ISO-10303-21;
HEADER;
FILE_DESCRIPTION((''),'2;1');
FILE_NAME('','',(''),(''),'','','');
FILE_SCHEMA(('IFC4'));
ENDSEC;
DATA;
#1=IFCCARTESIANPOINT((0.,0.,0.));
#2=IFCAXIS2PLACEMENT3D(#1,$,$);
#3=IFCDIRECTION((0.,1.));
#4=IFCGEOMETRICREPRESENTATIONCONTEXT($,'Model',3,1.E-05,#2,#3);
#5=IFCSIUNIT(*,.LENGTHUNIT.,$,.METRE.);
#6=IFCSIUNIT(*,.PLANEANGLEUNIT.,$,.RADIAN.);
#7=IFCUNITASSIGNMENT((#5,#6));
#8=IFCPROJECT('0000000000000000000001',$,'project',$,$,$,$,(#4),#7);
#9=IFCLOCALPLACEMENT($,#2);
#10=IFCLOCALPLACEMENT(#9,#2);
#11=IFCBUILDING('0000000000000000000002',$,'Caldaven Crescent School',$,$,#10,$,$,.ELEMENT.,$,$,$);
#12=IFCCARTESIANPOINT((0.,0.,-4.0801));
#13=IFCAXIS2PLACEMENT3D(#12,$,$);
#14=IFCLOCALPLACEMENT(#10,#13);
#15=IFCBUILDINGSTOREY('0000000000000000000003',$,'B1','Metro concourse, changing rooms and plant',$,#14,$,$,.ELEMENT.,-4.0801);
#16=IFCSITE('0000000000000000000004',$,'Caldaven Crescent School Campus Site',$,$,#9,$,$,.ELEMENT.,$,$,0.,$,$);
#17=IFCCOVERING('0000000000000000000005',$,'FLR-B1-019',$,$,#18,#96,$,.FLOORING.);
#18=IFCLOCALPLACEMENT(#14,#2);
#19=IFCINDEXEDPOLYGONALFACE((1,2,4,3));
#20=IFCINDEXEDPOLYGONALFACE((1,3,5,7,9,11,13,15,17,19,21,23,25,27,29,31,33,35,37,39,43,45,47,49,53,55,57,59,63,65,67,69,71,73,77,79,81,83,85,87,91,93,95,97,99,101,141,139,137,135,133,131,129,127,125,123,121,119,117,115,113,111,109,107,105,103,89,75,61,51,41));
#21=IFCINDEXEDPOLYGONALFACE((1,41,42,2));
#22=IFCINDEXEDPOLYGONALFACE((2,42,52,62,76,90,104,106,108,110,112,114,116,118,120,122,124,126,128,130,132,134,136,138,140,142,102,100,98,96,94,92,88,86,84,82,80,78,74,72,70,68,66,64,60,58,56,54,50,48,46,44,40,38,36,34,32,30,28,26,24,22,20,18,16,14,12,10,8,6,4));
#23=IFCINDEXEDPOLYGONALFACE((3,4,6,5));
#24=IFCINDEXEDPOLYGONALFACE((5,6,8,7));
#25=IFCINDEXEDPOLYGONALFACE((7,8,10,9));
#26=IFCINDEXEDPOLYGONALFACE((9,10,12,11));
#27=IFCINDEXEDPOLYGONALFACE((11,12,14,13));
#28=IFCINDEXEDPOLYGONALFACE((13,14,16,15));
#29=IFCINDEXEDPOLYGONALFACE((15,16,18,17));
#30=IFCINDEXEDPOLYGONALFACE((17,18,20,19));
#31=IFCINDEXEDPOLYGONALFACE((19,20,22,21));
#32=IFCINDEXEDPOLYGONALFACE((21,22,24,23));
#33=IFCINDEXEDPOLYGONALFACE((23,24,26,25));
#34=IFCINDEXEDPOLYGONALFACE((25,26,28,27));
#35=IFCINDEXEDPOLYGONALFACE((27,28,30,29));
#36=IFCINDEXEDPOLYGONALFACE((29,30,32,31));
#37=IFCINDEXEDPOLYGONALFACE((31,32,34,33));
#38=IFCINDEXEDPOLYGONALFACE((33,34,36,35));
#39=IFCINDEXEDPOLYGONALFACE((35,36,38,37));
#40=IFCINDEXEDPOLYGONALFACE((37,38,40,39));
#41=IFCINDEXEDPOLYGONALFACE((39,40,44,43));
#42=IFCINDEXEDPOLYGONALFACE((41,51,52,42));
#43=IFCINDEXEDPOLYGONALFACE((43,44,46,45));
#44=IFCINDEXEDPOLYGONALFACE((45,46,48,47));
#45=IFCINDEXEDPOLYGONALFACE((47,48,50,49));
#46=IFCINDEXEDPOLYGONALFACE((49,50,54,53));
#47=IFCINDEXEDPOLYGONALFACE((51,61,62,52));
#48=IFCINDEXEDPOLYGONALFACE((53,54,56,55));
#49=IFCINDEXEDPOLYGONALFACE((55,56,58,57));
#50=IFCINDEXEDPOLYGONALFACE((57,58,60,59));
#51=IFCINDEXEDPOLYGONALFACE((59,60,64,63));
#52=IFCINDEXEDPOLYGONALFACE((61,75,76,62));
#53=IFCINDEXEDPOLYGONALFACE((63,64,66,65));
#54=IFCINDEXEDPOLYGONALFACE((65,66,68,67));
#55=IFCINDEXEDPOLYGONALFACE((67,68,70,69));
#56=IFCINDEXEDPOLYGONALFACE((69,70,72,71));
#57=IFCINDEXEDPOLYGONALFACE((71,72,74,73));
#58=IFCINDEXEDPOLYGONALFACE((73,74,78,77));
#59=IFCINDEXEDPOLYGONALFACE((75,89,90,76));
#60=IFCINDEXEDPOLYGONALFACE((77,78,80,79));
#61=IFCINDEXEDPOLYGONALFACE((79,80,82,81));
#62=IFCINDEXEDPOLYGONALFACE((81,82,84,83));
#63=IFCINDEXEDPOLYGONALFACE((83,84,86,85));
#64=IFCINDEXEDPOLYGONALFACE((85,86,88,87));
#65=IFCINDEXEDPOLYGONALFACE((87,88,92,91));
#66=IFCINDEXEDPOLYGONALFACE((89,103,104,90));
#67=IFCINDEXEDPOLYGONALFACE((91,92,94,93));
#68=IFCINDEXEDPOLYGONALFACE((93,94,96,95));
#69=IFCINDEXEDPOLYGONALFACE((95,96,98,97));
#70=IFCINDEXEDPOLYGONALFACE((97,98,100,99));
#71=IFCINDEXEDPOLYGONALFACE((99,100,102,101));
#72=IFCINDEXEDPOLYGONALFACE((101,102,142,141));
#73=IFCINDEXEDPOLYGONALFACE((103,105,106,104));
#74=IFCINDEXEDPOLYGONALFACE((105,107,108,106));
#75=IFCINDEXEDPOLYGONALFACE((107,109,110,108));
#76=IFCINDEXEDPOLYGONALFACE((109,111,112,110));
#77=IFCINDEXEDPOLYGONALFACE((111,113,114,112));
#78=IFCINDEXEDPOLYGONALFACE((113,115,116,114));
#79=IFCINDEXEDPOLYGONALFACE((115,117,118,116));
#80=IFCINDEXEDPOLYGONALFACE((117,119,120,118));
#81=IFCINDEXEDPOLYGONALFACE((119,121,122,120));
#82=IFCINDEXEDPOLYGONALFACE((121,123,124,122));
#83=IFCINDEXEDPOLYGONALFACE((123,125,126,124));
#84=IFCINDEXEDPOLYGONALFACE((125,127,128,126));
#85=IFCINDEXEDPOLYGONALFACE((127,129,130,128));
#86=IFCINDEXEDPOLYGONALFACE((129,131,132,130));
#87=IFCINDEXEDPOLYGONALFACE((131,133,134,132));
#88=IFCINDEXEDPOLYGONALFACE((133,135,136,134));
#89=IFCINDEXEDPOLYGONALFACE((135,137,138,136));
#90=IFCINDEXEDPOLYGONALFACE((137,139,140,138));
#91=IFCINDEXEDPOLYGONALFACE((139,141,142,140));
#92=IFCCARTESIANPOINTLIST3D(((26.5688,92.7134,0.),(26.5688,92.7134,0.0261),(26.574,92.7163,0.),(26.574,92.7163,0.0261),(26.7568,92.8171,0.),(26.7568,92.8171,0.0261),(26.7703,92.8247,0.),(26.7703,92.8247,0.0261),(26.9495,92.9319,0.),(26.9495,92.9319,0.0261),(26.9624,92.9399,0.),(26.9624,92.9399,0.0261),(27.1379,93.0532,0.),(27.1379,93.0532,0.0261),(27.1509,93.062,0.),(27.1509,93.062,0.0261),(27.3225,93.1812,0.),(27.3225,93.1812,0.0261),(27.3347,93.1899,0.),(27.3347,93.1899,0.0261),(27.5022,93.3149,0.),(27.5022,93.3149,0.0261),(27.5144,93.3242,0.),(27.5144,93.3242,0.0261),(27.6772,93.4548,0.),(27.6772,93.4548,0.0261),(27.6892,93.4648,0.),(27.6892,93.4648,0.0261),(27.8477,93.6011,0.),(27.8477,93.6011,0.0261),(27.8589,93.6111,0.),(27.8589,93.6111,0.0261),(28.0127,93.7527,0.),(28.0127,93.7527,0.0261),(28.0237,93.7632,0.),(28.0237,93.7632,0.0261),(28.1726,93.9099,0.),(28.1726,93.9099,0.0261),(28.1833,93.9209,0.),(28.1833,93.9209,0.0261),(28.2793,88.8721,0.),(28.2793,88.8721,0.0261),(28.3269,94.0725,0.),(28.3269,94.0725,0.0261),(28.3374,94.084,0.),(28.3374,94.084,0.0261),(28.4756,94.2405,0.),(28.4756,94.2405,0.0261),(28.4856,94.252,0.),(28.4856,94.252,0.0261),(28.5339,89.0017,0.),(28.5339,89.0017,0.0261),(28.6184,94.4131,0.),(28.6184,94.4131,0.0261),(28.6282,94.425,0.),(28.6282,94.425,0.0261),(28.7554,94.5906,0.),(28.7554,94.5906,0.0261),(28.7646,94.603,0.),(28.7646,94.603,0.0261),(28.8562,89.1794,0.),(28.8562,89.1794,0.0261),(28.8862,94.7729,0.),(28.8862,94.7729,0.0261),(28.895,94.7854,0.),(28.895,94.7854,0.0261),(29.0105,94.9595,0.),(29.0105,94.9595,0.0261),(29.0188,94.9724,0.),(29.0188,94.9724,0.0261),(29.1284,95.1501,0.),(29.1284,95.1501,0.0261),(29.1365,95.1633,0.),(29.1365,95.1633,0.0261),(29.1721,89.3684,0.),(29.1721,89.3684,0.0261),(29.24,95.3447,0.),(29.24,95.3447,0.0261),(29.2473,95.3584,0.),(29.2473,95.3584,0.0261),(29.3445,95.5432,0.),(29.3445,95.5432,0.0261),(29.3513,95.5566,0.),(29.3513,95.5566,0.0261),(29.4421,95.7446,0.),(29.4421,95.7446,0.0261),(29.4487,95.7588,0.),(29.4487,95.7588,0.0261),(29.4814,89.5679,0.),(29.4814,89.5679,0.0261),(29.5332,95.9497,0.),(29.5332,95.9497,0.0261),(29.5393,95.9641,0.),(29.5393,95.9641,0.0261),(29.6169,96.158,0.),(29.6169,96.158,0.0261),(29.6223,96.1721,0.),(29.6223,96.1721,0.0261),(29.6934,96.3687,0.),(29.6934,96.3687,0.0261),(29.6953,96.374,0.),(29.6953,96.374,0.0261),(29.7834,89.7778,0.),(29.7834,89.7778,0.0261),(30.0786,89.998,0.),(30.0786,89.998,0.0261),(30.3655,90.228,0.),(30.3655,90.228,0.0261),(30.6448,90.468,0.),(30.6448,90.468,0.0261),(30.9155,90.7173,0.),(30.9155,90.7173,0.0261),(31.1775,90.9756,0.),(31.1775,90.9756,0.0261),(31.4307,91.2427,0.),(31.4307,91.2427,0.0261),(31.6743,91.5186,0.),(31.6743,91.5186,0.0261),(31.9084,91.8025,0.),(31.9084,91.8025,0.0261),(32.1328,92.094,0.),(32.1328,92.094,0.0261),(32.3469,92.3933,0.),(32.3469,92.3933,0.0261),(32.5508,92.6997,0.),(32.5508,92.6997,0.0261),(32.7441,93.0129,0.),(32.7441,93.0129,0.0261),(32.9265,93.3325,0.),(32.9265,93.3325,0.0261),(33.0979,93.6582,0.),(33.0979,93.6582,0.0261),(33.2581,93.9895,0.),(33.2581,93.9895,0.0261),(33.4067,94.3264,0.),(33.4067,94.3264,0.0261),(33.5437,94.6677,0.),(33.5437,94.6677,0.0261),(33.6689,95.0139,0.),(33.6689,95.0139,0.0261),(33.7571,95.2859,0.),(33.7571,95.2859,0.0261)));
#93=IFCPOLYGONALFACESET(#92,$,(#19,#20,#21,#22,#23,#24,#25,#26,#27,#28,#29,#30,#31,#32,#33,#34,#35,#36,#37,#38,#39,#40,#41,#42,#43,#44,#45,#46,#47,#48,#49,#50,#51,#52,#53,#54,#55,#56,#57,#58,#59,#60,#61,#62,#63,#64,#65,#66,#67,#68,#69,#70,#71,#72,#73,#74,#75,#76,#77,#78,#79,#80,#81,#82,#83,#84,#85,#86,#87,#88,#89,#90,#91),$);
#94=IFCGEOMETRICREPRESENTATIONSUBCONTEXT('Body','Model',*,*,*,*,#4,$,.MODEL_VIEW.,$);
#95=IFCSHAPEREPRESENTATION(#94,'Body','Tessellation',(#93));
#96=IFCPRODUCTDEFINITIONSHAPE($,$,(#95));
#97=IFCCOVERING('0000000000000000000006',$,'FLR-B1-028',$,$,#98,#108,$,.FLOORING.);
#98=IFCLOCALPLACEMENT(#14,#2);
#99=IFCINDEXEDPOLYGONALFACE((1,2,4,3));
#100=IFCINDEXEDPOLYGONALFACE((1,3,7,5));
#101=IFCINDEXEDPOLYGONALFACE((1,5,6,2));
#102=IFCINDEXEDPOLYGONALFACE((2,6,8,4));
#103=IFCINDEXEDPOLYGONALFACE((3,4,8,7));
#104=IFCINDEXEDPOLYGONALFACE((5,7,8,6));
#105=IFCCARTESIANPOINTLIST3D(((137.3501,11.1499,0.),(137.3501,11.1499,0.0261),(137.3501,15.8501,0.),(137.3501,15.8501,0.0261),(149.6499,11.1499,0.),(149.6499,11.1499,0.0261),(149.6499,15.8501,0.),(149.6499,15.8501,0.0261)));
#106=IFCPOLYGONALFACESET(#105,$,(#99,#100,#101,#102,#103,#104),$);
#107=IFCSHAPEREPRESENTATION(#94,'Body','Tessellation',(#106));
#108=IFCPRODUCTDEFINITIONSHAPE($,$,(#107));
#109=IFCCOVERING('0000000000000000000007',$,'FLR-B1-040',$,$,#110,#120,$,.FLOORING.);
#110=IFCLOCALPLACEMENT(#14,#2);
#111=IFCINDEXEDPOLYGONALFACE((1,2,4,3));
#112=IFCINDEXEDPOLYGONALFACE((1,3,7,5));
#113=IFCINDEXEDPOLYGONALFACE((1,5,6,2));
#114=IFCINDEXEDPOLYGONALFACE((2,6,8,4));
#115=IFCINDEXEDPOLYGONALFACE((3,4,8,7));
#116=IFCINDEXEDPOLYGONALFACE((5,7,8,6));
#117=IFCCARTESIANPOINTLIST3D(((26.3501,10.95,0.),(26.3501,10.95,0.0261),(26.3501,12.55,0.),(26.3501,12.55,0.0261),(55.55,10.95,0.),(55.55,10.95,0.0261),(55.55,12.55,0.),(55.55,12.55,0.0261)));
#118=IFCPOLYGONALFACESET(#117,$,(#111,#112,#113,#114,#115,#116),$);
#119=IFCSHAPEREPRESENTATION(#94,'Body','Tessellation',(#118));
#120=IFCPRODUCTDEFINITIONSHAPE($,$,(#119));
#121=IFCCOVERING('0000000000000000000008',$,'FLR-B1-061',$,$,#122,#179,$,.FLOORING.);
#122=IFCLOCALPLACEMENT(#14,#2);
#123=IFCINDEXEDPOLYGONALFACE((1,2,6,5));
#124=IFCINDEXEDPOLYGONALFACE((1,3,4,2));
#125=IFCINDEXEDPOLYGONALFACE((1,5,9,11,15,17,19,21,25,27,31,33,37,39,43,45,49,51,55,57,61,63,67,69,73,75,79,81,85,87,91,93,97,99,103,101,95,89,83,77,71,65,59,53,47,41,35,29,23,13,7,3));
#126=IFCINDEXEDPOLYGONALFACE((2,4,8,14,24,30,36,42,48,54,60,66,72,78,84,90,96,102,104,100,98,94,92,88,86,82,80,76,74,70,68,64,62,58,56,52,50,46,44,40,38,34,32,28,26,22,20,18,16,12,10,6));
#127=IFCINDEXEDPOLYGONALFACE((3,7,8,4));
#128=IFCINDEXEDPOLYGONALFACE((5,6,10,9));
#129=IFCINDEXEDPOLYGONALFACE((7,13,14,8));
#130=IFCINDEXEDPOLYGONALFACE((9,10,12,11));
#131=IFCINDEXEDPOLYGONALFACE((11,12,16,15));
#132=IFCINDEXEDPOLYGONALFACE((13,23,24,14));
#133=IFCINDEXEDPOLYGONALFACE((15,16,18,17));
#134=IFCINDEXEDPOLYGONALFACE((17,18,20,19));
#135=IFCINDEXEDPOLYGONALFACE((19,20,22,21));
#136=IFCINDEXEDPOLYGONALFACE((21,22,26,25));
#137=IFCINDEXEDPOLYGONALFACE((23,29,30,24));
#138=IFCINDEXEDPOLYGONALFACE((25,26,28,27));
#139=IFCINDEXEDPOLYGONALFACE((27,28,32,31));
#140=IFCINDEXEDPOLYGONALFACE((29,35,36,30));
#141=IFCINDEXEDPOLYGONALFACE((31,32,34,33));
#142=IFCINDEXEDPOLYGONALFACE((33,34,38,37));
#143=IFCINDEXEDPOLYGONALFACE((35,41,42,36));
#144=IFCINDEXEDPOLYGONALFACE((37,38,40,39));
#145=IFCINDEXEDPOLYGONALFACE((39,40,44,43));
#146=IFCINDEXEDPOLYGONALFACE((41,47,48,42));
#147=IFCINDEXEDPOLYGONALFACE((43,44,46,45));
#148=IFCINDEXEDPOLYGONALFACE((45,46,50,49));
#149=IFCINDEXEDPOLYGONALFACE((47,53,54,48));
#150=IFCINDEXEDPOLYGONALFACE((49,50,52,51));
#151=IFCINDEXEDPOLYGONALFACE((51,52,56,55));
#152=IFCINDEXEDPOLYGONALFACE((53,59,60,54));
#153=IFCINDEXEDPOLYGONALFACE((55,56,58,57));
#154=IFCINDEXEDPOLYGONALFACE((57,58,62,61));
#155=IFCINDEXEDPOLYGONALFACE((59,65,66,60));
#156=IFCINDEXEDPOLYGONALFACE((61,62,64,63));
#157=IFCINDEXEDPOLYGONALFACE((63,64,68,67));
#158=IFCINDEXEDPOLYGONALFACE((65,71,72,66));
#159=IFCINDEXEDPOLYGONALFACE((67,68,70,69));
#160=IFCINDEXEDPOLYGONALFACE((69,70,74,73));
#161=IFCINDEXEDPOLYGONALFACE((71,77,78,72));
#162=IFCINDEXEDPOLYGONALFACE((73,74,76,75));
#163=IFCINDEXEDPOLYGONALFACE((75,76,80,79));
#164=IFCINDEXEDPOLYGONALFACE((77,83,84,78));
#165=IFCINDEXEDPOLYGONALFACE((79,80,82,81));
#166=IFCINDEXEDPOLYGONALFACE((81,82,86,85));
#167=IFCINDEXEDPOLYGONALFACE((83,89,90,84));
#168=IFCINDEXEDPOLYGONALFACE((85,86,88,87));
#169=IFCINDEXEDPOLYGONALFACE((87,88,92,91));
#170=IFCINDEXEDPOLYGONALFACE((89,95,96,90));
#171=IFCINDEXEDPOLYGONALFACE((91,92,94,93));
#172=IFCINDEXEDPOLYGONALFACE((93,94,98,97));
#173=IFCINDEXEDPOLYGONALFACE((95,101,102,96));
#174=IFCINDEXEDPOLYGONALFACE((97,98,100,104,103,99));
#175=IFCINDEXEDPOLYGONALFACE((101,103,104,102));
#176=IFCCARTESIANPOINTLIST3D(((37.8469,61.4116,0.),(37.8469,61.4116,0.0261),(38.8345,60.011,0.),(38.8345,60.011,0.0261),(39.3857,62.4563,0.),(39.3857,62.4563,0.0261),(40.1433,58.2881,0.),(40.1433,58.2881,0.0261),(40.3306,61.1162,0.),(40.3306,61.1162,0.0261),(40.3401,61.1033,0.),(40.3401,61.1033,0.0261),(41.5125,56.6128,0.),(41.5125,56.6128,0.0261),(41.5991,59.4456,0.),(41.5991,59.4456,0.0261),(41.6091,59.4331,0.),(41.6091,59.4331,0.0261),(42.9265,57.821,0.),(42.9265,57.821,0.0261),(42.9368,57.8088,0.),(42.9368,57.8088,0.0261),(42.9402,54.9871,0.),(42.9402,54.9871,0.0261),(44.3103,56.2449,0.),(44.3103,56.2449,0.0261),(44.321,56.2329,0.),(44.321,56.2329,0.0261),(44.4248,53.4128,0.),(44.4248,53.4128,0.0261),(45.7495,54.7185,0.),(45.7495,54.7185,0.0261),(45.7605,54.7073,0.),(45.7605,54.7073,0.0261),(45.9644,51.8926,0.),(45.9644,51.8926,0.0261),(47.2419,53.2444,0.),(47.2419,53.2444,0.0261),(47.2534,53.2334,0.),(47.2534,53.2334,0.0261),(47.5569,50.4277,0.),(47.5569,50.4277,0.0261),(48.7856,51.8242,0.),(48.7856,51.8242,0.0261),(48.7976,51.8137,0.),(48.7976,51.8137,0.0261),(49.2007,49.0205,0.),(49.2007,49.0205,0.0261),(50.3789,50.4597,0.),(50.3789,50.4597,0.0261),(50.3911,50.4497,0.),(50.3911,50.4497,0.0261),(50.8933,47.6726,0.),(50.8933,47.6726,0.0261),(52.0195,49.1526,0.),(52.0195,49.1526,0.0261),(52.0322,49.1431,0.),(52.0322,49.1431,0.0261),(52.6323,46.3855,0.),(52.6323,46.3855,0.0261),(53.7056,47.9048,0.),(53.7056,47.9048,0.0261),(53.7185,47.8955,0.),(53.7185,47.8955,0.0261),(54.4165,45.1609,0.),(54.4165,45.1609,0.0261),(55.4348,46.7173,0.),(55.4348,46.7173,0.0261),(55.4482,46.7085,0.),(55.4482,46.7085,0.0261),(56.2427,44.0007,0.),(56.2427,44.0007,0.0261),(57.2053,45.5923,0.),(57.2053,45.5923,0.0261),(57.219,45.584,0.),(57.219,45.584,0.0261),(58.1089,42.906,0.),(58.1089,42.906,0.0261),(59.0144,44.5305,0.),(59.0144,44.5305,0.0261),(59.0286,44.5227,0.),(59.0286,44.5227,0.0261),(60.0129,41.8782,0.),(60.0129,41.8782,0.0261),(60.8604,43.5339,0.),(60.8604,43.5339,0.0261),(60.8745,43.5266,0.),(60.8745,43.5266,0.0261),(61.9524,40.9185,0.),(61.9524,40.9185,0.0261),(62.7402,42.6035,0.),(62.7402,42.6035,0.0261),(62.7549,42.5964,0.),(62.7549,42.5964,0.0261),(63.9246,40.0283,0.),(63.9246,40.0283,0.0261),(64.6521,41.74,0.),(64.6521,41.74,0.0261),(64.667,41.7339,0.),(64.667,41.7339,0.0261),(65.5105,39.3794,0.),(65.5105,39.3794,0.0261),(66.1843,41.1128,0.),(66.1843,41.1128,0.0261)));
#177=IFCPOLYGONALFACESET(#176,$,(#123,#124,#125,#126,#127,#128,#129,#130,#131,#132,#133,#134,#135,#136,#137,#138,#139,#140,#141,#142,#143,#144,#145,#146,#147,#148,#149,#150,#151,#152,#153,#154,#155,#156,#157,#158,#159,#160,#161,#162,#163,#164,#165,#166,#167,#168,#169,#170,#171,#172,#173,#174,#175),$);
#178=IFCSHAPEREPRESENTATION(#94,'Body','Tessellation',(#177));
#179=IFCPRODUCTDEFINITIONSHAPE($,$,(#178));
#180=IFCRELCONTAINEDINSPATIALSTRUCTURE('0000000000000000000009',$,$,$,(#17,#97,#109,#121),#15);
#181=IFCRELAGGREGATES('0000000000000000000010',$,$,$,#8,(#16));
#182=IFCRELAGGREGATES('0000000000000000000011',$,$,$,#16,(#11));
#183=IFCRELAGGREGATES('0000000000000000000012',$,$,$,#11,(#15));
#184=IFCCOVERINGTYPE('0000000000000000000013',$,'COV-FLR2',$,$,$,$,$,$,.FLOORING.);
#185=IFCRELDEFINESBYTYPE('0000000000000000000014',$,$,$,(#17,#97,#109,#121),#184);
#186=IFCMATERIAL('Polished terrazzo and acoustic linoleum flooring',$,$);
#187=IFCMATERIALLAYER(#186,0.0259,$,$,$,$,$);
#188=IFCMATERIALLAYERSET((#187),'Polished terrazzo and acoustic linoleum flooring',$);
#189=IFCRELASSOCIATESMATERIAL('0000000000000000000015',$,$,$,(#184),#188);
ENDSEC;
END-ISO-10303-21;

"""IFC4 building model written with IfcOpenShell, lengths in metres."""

from ifc_helpers import new_model, si_unit, direction, frame, origin, place, context, subcontext, project, spatial, polyline, outline, extrude, material, layer, layer_set, type_object, element, save


model = new_model("IFC4")

# Units and contexts
model_context = context("Model", 3, precision=1e-05, world=origin(), true_north=direction((0.0, 1.0)))
body_context = subcontext(model_context, "Body", "Model", "MODEL_VIEW")
ifc_project = project(units=[si_unit("LENGTHUNIT", "METRE"), si_unit("PLANEANGLEUNIT", "RADIAN")], contexts=[model_context])

# Site, building, storey
site_placement = place(None, origin())
site = spatial("IfcSite", under=ifc_project, at=site_placement, Name="Caldaven Crescent School Campus Site", CompositionType="ELEMENT", RefElevation=0.0)
building_placement = place(site_placement, origin())
building = spatial("IfcBuilding", under=site, at=building_placement, Name="Caldaven Crescent School", CompositionType="ELEMENT")
storey_placement = place(building_placement, frame((0.0, 0.0, -4.0801)))
storey = spatial("IfcBuildingStorey", under=building, at=storey_placement, Name="B1", Description="Metro concourse, changing rooms and plant", CompositionType="ELEMENT", Elevation=-4.0801)

# Coverings
ifc_material_1 = material(Name="Polished terrazzo and acoustic linoleum flooring")
ifc_layer_1 = layer(ifc_material_1, 0.0259)
ifc_layer_set_1 = layer_set([ifc_layer_1], Name="Polished terrazzo and acoustic linoleum flooring")
covering_type_1 = type_object("IfcCoveringType", Name="COV-FLR2", PredefinedType="FLOORING", material=ifc_layer_set_1)
covering_1_placement = place(storey_placement, origin())
element("IfcCovering", 1, at=covering_1_placement, inside=storey, type_object=covering_type_1, Name="FLR-B1-019", PredefinedType="FLOORING", context=body_context, shape_type="SweptSolid", body=[
    extrude(outline(polyline([(26.5688, 92.7134), (26.574, 92.7163), (26.7568, 92.8171), (26.7703, 92.8247), (26.9495, 92.9319), (26.9624, 92.9399), (27.1379, 93.0532), (27.1509, 93.062), (27.3225, 93.1812), (27.3347, 93.1899), (27.5022, 93.3149), (27.5144, 93.3242), (27.6772, 93.4548), (27.6892, 93.4648), (27.8477, 93.6011), (27.8589, 93.6111), (28.0127, 93.7527), (28.0237, 93.7632), (28.1726, 93.9099), (28.1833, 93.9209), (28.3269, 94.0725), (28.3374, 94.084), (28.4756, 94.2405), (28.4856, 94.252), (28.6184, 94.4131), (28.6282, 94.425), (28.7554, 94.5906), (28.7646, 94.603), (28.8862, 94.7729), (28.895, 94.7854), (29.0105, 94.9595), (29.0188, 94.9724), (29.1284, 95.1501), (29.1365, 95.1633), (29.24, 95.3447), (29.2473, 95.3584), (29.3445, 95.5432), (29.3513, 95.5566), (29.4421, 95.7446), (29.4487, 95.7588), (29.5332, 95.9497), (29.5393, 95.9641), (29.6169, 96.158), (29.6223, 96.1721), (29.6934, 96.3687), (29.6953, 96.374), (33.7571, 95.2859), (33.6689, 95.0139), (33.5437, 94.6677), (33.4067, 94.3264), (33.2581, 93.9895), (33.0979, 93.6582), (32.9265, 93.3325), (32.7441, 93.0129), (32.5508, 92.6997), (32.3469, 92.3933), (32.1328, 92.094), (31.9084, 91.8025), (31.6743, 91.5186), (31.4307, 91.2427), (31.1775, 90.9756), (30.9155, 90.7173), (30.6448, 90.468), (30.3655, 90.228), (30.0786, 89.998), (29.7834, 89.7778), (29.4814, 89.5679), (29.1721, 89.3684), (28.8562, 89.1794), (28.5339, 89.0017), (28.2793, 88.8721), (26.5688, 92.7134)])), origin(), (0.0, 0.0, 1.0), 0.0261),
])
covering_2_placement = place(storey_placement, origin())
element("IfcCovering", 2, at=covering_2_placement, inside=storey, type_object=covering_type_1, Name="FLR-B1-028", PredefinedType="FLOORING", context=body_context, shape_type="SweptSolid", body=[
    extrude(outline(polyline([(137.3501, 15.8501), (149.6499, 15.8501), (149.6499, 11.1499), (137.3501, 11.1499), (137.3501, 15.8501)])), origin(), (0.0, 0.0, 1.0), 0.0261),
])
covering_3_placement = place(storey_placement, origin())
element("IfcCovering", 3, at=covering_3_placement, inside=storey, type_object=covering_type_1, Name="FLR-B1-040", PredefinedType="FLOORING", context=body_context, shape_type="SweptSolid", body=[
    extrude(outline(polyline([(26.3501, 12.55), (55.55, 12.55), (55.55, 10.95), (26.3501, 10.95), (26.3501, 12.55)])), origin(), (0.0, 0.0, 1.0), 0.0261),
])
covering_4_placement = place(storey_placement, origin())
element("IfcCovering", 4, at=covering_4_placement, inside=storey, type_object=covering_type_1, Name="FLR-B1-061", PredefinedType="FLOORING", context=body_context, shape_type="SweptSolid", body=[
    extrude(outline(polyline([(39.3857, 62.4563), (40.3306, 61.1162), (40.3401, 61.1033), (41.5991, 59.4456), (41.6091, 59.4331), (42.9265, 57.821), (42.9368, 57.8088), (44.3103, 56.2449), (44.321, 56.2329), (45.7495, 54.7185), (45.7605, 54.7073), (47.2419, 53.2444), (47.2534, 53.2334), (48.7856, 51.8242), (48.7976, 51.8137), (50.3789, 50.4597), (50.3911, 50.4497), (52.0195, 49.1526), (52.0322, 49.1431), (53.7056, 47.9048), (53.7185, 47.8955), (55.4348, 46.7173), (55.4482, 46.7085), (57.2053, 45.5923), (57.219, 45.584), (59.0144, 44.5305), (59.0286, 44.5227), (60.8604, 43.5339), (60.8745, 43.5266), (62.7402, 42.6035), (62.7549, 42.5964), (64.6521, 41.74), (64.667, 41.7339), (66.1843, 41.1128), (65.5105, 39.3794), (63.9246, 40.0283), (61.9524, 40.9185), (60.0129, 41.8782), (58.1089, 42.906), (56.2427, 44.0007), (54.4165, 45.1609), (52.6323, 46.3855), (50.8933, 47.6726), (49.2007, 49.0205), (47.5569, 50.4277), (45.9644, 51.8926), (44.4248, 53.4128), (42.9402, 54.9871), (41.5125, 56.6128), (40.1433, 58.2881), (38.8345, 60.011), (37.8469, 61.4116), (39.3857, 62.4563)])), origin(), (0.0, 0.0, 1.0), 0.0261),
])

save(model, "model.ifc")
